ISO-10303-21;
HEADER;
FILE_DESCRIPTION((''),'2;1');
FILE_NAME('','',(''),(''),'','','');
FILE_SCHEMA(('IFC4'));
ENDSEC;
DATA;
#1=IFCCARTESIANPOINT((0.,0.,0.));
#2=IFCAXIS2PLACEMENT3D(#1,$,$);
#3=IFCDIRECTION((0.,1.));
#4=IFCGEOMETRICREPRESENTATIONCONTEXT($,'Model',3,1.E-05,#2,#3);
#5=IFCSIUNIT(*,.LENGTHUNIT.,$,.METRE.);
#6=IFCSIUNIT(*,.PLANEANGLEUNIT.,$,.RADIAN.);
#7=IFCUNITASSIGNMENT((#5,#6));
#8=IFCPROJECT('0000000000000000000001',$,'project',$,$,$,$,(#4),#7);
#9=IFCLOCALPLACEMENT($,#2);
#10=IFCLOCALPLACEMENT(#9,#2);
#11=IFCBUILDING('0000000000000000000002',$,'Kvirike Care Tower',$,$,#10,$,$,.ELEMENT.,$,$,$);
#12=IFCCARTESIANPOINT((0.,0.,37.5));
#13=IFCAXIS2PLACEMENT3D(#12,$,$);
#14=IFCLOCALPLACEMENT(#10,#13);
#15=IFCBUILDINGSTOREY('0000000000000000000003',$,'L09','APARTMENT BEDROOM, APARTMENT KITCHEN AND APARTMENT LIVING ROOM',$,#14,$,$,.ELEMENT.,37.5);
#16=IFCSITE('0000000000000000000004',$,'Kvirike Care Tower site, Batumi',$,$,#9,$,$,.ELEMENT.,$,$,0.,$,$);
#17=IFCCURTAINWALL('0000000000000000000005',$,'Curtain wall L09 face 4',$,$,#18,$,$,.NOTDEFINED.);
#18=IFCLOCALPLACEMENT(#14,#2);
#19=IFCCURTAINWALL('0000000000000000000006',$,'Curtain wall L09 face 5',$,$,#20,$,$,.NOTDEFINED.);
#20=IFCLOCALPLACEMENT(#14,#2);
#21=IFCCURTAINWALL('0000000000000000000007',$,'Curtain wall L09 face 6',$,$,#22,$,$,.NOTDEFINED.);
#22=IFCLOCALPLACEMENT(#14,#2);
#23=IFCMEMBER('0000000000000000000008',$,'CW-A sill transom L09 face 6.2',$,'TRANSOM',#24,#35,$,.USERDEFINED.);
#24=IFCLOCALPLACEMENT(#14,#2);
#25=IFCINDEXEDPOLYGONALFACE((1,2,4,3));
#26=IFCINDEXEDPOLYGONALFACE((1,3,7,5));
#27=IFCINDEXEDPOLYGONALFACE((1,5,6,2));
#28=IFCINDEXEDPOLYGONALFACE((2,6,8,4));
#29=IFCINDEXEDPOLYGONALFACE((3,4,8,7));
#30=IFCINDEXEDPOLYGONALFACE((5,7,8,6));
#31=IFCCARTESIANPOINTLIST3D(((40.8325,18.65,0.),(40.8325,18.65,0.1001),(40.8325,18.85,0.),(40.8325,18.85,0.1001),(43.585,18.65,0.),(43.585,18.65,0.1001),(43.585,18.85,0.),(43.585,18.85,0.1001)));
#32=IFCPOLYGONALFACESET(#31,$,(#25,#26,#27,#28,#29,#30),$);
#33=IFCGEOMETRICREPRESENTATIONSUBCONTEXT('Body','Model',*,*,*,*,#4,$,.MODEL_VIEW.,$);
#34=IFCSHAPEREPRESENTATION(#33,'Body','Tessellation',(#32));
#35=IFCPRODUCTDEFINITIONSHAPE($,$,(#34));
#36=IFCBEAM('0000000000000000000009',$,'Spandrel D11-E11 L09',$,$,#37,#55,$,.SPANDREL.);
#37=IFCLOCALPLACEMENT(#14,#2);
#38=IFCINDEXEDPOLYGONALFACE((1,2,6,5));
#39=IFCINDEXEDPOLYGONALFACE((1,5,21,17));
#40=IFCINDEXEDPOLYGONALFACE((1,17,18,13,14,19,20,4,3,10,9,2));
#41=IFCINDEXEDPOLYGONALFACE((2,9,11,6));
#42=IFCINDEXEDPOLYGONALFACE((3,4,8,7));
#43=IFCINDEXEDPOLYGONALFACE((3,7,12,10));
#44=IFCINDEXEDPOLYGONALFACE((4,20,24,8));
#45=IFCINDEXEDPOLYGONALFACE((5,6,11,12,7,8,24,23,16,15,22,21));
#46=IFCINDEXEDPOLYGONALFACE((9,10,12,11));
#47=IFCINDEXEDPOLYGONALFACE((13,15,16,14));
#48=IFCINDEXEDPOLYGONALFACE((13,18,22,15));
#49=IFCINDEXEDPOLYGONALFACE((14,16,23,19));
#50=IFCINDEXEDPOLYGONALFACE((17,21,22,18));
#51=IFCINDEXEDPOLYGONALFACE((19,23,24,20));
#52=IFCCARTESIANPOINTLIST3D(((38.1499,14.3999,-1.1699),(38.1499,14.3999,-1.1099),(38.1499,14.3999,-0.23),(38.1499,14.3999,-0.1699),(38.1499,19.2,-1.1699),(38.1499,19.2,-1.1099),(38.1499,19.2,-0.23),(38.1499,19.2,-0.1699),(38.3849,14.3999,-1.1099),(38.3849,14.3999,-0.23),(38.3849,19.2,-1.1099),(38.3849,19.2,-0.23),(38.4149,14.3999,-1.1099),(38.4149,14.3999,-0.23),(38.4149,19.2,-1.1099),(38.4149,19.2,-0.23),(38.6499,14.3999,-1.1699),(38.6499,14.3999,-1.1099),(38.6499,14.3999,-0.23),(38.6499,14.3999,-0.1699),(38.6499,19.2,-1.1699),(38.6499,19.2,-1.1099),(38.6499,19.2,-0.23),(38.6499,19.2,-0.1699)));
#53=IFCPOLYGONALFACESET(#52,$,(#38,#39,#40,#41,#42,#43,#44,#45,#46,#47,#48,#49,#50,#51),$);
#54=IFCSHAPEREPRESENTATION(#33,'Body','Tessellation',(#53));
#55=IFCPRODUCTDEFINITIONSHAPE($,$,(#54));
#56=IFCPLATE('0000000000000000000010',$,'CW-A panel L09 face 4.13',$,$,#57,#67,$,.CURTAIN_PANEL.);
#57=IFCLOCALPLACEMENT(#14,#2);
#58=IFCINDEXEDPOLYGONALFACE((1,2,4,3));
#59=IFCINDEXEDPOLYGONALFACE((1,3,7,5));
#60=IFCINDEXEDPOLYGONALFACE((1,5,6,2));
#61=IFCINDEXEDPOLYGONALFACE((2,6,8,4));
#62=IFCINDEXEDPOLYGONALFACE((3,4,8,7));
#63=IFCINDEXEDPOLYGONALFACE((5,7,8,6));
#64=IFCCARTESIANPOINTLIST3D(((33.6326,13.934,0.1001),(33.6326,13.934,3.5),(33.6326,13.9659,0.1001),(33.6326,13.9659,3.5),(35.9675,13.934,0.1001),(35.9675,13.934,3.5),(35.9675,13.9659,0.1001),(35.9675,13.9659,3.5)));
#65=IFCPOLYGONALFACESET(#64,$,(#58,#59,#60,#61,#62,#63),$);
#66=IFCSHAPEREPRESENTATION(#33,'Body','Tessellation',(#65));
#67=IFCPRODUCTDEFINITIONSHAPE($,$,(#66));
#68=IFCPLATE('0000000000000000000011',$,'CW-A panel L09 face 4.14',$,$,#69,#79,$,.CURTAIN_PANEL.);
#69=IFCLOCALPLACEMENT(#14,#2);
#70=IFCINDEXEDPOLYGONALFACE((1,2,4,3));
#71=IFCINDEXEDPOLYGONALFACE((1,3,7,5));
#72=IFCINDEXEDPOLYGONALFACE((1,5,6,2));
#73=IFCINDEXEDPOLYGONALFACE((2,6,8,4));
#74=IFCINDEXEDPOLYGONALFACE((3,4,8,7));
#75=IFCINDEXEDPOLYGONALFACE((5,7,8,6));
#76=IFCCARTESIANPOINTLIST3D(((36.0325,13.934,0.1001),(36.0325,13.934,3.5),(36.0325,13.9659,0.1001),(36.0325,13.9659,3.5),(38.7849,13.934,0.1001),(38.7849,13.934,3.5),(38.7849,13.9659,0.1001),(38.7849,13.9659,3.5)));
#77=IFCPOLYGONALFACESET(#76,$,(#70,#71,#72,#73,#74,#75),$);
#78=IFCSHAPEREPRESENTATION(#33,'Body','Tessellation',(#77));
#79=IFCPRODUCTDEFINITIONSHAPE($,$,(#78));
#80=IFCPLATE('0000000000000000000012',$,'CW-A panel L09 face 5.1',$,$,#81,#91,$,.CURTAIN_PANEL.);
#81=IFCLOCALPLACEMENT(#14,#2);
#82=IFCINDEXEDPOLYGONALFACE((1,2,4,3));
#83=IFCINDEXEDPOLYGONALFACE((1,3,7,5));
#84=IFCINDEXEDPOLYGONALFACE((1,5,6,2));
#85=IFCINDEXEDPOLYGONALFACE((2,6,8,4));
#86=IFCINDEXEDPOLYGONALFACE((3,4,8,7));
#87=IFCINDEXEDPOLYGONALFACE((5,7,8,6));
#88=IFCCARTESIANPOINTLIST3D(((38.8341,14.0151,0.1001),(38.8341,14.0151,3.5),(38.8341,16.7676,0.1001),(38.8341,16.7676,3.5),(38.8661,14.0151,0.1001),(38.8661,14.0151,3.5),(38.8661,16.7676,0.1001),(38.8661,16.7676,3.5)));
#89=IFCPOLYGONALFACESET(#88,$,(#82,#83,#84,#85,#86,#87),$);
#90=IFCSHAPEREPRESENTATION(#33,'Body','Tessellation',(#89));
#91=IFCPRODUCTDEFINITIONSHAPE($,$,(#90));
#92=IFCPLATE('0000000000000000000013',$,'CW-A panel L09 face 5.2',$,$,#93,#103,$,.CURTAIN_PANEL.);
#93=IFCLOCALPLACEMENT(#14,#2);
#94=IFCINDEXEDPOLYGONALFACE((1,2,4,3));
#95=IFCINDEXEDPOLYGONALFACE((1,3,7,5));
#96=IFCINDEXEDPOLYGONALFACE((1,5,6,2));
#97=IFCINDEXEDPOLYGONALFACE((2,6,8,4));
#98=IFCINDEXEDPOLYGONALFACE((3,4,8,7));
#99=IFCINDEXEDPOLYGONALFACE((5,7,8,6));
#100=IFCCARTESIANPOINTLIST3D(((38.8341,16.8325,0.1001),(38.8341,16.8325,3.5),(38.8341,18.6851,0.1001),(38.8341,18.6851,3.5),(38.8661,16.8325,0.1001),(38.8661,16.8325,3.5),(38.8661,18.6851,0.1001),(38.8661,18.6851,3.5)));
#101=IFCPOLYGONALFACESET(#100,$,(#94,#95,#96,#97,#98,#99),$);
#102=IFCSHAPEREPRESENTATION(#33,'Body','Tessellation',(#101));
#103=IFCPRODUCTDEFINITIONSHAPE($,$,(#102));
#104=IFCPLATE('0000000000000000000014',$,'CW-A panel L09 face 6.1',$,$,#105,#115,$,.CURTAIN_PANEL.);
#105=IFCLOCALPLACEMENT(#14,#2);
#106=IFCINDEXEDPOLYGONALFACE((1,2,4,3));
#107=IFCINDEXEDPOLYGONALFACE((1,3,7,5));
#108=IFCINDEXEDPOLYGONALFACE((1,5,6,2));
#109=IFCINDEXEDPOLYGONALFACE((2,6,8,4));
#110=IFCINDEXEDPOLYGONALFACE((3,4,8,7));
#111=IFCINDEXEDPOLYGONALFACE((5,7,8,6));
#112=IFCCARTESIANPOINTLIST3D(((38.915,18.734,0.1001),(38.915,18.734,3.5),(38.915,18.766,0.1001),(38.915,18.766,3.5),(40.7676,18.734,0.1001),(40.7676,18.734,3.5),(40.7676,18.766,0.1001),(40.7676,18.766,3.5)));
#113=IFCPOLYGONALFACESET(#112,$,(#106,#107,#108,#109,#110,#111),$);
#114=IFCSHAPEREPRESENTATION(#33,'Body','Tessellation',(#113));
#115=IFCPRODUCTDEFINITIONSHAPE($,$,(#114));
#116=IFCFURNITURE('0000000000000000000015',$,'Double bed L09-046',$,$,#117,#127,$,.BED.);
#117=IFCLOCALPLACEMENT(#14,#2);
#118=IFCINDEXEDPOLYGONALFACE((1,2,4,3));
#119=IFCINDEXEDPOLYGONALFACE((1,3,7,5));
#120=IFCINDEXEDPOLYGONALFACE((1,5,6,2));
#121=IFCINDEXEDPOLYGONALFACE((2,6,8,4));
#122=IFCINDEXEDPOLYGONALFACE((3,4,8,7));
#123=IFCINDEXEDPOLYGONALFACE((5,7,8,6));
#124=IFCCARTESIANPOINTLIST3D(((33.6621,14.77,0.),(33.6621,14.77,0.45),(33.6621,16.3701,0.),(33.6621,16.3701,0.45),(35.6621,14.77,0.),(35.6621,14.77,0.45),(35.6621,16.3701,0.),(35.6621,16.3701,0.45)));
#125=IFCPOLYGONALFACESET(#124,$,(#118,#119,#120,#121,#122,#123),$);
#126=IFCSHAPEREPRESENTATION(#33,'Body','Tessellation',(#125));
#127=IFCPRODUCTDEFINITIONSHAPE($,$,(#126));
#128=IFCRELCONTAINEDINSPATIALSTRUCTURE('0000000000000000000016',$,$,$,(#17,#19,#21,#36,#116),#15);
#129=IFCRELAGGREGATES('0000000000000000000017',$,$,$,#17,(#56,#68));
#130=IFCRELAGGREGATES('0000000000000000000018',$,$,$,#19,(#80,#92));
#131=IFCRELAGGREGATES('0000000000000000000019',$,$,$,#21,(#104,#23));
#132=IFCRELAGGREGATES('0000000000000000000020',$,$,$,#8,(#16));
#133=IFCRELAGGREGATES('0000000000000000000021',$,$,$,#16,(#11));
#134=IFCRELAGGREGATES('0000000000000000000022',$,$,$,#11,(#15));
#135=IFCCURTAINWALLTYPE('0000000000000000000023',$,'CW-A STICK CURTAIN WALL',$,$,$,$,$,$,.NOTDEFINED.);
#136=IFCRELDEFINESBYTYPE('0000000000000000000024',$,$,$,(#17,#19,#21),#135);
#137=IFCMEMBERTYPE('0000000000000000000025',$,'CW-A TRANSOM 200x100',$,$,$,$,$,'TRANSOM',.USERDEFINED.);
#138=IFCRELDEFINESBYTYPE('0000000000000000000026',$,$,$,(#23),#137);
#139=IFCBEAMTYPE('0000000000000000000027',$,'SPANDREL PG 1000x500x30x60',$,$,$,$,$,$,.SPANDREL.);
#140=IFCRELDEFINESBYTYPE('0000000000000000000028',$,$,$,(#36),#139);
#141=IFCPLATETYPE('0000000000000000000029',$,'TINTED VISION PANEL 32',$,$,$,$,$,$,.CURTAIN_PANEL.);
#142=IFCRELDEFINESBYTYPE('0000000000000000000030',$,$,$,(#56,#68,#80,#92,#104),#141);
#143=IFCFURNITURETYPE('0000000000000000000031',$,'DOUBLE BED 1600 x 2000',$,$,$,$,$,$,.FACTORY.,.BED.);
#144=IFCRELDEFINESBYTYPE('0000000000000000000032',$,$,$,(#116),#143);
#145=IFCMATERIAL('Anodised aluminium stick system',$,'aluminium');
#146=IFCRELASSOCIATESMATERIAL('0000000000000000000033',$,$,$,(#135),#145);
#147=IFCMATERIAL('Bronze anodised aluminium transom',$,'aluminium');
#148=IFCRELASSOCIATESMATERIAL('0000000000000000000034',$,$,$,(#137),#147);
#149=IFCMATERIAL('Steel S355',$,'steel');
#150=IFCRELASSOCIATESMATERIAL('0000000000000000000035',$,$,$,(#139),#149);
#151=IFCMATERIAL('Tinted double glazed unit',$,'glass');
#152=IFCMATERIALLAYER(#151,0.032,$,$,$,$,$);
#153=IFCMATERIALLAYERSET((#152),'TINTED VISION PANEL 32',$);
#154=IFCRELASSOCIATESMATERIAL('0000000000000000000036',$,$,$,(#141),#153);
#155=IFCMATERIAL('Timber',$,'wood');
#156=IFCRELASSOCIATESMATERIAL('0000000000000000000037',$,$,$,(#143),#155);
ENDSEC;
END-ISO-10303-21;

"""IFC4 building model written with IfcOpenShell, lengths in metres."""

from ifc_helpers import new_model, si_unit, direction, frame, origin, origin_2d, place, context, subcontext, project, spatial, rectangle, i_section, extrude, material, layer, layer_set, material_profile, profile_set, type_object, element, aggregate, save


model = new_model("IFC4")

# Units and contexts
model_context = context("Model", 3, precision=1e-05, world=origin(), true_north=direction((0.0, 1.0)))
body_context = subcontext(model_context, "Body", "Model", "MODEL_VIEW")
ifc_project = project(units=[si_unit("LENGTHUNIT", "METRE"), si_unit("PLANEANGLEUNIT", "RADIAN")], contexts=[model_context])

# Site, building, storey
site_placement = place(None, origin())
site = spatial("IfcSite", under=ifc_project, at=site_placement, Name="Kvirike Care Tower site, Batumi", CompositionType="ELEMENT", RefElevation=0.0)
building_placement = place(site_placement, origin())
building = spatial("IfcBuilding", under=site, at=building_placement, Name="Kvirike Care Tower", CompositionType="ELEMENT")
storey_placement = place(building_placement, frame((0.0, 0.0, 37.5)))
storey = spatial("IfcBuildingStorey", under=building, at=storey_placement, Name="L09", Description="APARTMENT BEDROOM, APARTMENT KITCHEN AND APARTMENT LIVING ROOM", CompositionType="ELEMENT", Elevation=37.5)

# Curtain walls
ifc_material_1 = material(Name="Anodised aluminium stick system", Category="aluminium")
curtain_wall_type = type_object("IfcCurtainWallType", Name="CW-A STICK CURTAIN WALL", PredefinedType="NOTDEFINED", material=ifc_material_1)
curtain_wall_1_placement = place(storey_placement, origin())
curtain_wall_1 = element("IfcCurtainWall", 1, at=curtain_wall_1_placement, inside=storey, type_object=curtain_wall_type, Name="Curtain wall L09 face 4", PredefinedType="NOTDEFINED")
curtain_wall_2_placement = place(storey_placement, origin())
curtain_wall_2 = element("IfcCurtainWall", 2, at=curtain_wall_2_placement, inside=storey, type_object=curtain_wall_type, Name="Curtain wall L09 face 5", PredefinedType="NOTDEFINED")
curtain_wall_3_placement = place(storey_placement, origin())
curtain_wall_3 = element("IfcCurtainWall", 3, at=curtain_wall_3_placement, inside=storey, type_object=curtain_wall_type, Name="Curtain wall L09 face 6", PredefinedType="NOTDEFINED")

# Member
ifc_material_2 = material(Name="Bronze anodised aluminium transom", Category="aluminium")
ifc_material_profile_1 = material_profile(ifc_material_2, rectangle(XDim=0.2, YDim=0.1001, at=origin_2d()), Name="CW-A TRANSOM 200x100")
ifc_profile_set_1 = profile_set([ifc_material_profile_1], Name="Bronze anodised aluminium transom")
member_type_1 = type_object("IfcMemberType", Name="CW-A TRANSOM 200x100", ElementType="TRANSOM", PredefinedType="USERDEFINED", material=ifc_profile_set_1)
member_1_placement = place(storey_placement, frame((40.8325, 18.75, 0.05), z_axis=(1.0, 0.0, 0.0), x_axis=(0.0, 1.0, 0.0)))
member_1 = element("IfcMember", 4, at=member_1_placement, type_object=member_type_1, Name="CW-A sill transom L09 face 6.2", ObjectType="TRANSOM", PredefinedType="USERDEFINED", context=body_context, shape_type="SweptSolid", body=[
    extrude(rectangle(XDim=0.2, YDim=0.1001, at=origin_2d()), origin(), (0.0, 0.0, 1.0), 2.7524),
])

# Beam
ifc_material_3 = material(Name="Steel S355", Category="steel")
ifc_material_profile_2 = material_profile(ifc_material_3, i_section(OverallWidth=0.5, OverallDepth=1.0, WebThickness=0.03, FlangeThickness=0.0601, at=origin_2d()), Name="PG 1000x500x30x60")
ifc_profile_set_2 = profile_set([ifc_material_profile_2], Name="Steel S355")
beam_type = type_object("IfcBeamType", Name="SPANDREL PG 1000x500x30x60", PredefinedType="SPANDREL", material=ifc_profile_set_2)
beam_placement = place(storey_placement, frame((38.3999, 14.3999, -0.6699), z_axis=(0.0, 1.0, 0.0), x_axis=(-1.0, 0.0, 0.0)))
element("IfcBeam", 5, at=beam_placement, inside=storey, type_object=beam_type, Name="Spandrel D11-E11 L09", PredefinedType="SPANDREL", context=body_context, shape_type="SweptSolid", body=[
    extrude(i_section(OverallWidth=0.5, OverallDepth=1.0, WebThickness=0.03, FlangeThickness=0.0601, at=origin_2d()), origin(), (0.0, 0.0, 1.0), 4.8),
])

# Plates
ifc_material_4 = material(Name="Tinted double glazed unit", Category="glass")
ifc_layer = layer(ifc_material_4, 0.032)
ifc_layer_set = layer_set([ifc_layer], Name="TINTED VISION PANEL 32")
plate_type = type_object("IfcPlateType", Name="TINTED VISION PANEL 32", PredefinedType="CURTAIN_PANEL", material=ifc_layer_set)
plate_1_placement = place(storey_placement, frame((34.8, 13.95, 0.1001), z_axis=(0.0, 0.0, 1.0), x_axis=(1.0, 0.0, 0.0)))
plate_1 = element("IfcPlate", 6, at=plate_1_placement, type_object=plate_type, Name="CW-A panel L09 face 4.13", PredefinedType="CURTAIN_PANEL", context=body_context, shape_type="SweptSolid", body=[
    extrude(rectangle(XDim=2.335, YDim=0.032, at=origin_2d()), origin(), (0.0, 0.0, 1.0), 3.3999),
])
plate_2_placement = place(storey_placement, frame((37.4087, 13.95, 0.1001), z_axis=(0.0, 0.0, 1.0), x_axis=(1.0, 0.0, 0.0)))
plate_2 = element("IfcPlate", 7, at=plate_2_placement, type_object=plate_type, Name="CW-A panel L09 face 4.14", PredefinedType="CURTAIN_PANEL", context=body_context, shape_type="SweptSolid", body=[
    extrude(rectangle(XDim=2.7524, YDim=0.032, at=origin_2d()), origin(), (0.0, 0.0, 1.0), 3.3999),
])
aggregate(curtain_wall_1, [plate_1, plate_2])
plate_3_placement = place(storey_placement, frame((38.8501, 15.3914, 0.1001), z_axis=(0.0, 0.0, 1.0), x_axis=(0.0, 1.0, 0.0)))
plate_3 = element("IfcPlate", 8, at=plate_3_placement, type_object=plate_type, Name="CW-A panel L09 face 5.1", PredefinedType="CURTAIN_PANEL", context=body_context, shape_type="SweptSolid", body=[
    extrude(rectangle(XDim=2.7524, YDim=0.032, at=origin_2d()), origin(), (0.0, 0.0, 1.0), 3.3999),
])
plate_4_placement = place(storey_placement, frame((38.8501, 17.7588, 0.1001), z_axis=(0.0, 0.0, 1.0), x_axis=(0.0, 1.0, 0.0)))
plate_4 = element("IfcPlate", 9, at=plate_4_placement, type_object=plate_type, Name="CW-A panel L09 face 5.2", PredefinedType="CURTAIN_PANEL", context=body_context, shape_type="SweptSolid", body=[
    extrude(rectangle(XDim=1.8525, YDim=0.032, at=origin_2d()), origin(), (0.0, 0.0, 1.0), 3.3999),
])
aggregate(curtain_wall_2, [plate_3, plate_4])
plate_5_placement = place(storey_placement, frame((39.8413, 18.75, 0.1001), z_axis=(0.0, 0.0, 1.0), x_axis=(1.0, 0.0, 0.0)))
plate_5 = element("IfcPlate", 10, at=plate_5_placement, type_object=plate_type, Name="CW-A panel L09 face 6.1", PredefinedType="CURTAIN_PANEL", context=body_context, shape_type="SweptSolid", body=[
    extrude(rectangle(XDim=1.8525, YDim=0.032, at=origin_2d()), origin(), (0.0, 0.0, 1.0), 3.3999),
])
aggregate(curtain_wall_3, [plate_5, member_1])

# Furniture
ifc_material_5 = material(Name="Timber", Category="wood")
furniture_type = type_object("IfcFurnitureType", Name="DOUBLE BED 1600 x 2000", AssemblyPlace="FACTORY", PredefinedType="BED", material=ifc_material_5)
furniture_placement = place(storey_placement, frame((34.6621, 15.5701, 0.0), z_axis=(0.0, 0.0, 1.0), x_axis=(0.0, 1.0, 0.0)))
element("IfcFurniture", 11, at=furniture_placement, inside=storey, type_object=furniture_type, Name="Double bed L09-046", PredefinedType="BED", context=body_context, shape_type="SweptSolid", body=[
    extrude(rectangle(XDim=1.6001, YDim=2.0, at=origin_2d()), origin(), (0.0, 0.0, 1.0), 0.45),
])

save(model, "model.ifc")
